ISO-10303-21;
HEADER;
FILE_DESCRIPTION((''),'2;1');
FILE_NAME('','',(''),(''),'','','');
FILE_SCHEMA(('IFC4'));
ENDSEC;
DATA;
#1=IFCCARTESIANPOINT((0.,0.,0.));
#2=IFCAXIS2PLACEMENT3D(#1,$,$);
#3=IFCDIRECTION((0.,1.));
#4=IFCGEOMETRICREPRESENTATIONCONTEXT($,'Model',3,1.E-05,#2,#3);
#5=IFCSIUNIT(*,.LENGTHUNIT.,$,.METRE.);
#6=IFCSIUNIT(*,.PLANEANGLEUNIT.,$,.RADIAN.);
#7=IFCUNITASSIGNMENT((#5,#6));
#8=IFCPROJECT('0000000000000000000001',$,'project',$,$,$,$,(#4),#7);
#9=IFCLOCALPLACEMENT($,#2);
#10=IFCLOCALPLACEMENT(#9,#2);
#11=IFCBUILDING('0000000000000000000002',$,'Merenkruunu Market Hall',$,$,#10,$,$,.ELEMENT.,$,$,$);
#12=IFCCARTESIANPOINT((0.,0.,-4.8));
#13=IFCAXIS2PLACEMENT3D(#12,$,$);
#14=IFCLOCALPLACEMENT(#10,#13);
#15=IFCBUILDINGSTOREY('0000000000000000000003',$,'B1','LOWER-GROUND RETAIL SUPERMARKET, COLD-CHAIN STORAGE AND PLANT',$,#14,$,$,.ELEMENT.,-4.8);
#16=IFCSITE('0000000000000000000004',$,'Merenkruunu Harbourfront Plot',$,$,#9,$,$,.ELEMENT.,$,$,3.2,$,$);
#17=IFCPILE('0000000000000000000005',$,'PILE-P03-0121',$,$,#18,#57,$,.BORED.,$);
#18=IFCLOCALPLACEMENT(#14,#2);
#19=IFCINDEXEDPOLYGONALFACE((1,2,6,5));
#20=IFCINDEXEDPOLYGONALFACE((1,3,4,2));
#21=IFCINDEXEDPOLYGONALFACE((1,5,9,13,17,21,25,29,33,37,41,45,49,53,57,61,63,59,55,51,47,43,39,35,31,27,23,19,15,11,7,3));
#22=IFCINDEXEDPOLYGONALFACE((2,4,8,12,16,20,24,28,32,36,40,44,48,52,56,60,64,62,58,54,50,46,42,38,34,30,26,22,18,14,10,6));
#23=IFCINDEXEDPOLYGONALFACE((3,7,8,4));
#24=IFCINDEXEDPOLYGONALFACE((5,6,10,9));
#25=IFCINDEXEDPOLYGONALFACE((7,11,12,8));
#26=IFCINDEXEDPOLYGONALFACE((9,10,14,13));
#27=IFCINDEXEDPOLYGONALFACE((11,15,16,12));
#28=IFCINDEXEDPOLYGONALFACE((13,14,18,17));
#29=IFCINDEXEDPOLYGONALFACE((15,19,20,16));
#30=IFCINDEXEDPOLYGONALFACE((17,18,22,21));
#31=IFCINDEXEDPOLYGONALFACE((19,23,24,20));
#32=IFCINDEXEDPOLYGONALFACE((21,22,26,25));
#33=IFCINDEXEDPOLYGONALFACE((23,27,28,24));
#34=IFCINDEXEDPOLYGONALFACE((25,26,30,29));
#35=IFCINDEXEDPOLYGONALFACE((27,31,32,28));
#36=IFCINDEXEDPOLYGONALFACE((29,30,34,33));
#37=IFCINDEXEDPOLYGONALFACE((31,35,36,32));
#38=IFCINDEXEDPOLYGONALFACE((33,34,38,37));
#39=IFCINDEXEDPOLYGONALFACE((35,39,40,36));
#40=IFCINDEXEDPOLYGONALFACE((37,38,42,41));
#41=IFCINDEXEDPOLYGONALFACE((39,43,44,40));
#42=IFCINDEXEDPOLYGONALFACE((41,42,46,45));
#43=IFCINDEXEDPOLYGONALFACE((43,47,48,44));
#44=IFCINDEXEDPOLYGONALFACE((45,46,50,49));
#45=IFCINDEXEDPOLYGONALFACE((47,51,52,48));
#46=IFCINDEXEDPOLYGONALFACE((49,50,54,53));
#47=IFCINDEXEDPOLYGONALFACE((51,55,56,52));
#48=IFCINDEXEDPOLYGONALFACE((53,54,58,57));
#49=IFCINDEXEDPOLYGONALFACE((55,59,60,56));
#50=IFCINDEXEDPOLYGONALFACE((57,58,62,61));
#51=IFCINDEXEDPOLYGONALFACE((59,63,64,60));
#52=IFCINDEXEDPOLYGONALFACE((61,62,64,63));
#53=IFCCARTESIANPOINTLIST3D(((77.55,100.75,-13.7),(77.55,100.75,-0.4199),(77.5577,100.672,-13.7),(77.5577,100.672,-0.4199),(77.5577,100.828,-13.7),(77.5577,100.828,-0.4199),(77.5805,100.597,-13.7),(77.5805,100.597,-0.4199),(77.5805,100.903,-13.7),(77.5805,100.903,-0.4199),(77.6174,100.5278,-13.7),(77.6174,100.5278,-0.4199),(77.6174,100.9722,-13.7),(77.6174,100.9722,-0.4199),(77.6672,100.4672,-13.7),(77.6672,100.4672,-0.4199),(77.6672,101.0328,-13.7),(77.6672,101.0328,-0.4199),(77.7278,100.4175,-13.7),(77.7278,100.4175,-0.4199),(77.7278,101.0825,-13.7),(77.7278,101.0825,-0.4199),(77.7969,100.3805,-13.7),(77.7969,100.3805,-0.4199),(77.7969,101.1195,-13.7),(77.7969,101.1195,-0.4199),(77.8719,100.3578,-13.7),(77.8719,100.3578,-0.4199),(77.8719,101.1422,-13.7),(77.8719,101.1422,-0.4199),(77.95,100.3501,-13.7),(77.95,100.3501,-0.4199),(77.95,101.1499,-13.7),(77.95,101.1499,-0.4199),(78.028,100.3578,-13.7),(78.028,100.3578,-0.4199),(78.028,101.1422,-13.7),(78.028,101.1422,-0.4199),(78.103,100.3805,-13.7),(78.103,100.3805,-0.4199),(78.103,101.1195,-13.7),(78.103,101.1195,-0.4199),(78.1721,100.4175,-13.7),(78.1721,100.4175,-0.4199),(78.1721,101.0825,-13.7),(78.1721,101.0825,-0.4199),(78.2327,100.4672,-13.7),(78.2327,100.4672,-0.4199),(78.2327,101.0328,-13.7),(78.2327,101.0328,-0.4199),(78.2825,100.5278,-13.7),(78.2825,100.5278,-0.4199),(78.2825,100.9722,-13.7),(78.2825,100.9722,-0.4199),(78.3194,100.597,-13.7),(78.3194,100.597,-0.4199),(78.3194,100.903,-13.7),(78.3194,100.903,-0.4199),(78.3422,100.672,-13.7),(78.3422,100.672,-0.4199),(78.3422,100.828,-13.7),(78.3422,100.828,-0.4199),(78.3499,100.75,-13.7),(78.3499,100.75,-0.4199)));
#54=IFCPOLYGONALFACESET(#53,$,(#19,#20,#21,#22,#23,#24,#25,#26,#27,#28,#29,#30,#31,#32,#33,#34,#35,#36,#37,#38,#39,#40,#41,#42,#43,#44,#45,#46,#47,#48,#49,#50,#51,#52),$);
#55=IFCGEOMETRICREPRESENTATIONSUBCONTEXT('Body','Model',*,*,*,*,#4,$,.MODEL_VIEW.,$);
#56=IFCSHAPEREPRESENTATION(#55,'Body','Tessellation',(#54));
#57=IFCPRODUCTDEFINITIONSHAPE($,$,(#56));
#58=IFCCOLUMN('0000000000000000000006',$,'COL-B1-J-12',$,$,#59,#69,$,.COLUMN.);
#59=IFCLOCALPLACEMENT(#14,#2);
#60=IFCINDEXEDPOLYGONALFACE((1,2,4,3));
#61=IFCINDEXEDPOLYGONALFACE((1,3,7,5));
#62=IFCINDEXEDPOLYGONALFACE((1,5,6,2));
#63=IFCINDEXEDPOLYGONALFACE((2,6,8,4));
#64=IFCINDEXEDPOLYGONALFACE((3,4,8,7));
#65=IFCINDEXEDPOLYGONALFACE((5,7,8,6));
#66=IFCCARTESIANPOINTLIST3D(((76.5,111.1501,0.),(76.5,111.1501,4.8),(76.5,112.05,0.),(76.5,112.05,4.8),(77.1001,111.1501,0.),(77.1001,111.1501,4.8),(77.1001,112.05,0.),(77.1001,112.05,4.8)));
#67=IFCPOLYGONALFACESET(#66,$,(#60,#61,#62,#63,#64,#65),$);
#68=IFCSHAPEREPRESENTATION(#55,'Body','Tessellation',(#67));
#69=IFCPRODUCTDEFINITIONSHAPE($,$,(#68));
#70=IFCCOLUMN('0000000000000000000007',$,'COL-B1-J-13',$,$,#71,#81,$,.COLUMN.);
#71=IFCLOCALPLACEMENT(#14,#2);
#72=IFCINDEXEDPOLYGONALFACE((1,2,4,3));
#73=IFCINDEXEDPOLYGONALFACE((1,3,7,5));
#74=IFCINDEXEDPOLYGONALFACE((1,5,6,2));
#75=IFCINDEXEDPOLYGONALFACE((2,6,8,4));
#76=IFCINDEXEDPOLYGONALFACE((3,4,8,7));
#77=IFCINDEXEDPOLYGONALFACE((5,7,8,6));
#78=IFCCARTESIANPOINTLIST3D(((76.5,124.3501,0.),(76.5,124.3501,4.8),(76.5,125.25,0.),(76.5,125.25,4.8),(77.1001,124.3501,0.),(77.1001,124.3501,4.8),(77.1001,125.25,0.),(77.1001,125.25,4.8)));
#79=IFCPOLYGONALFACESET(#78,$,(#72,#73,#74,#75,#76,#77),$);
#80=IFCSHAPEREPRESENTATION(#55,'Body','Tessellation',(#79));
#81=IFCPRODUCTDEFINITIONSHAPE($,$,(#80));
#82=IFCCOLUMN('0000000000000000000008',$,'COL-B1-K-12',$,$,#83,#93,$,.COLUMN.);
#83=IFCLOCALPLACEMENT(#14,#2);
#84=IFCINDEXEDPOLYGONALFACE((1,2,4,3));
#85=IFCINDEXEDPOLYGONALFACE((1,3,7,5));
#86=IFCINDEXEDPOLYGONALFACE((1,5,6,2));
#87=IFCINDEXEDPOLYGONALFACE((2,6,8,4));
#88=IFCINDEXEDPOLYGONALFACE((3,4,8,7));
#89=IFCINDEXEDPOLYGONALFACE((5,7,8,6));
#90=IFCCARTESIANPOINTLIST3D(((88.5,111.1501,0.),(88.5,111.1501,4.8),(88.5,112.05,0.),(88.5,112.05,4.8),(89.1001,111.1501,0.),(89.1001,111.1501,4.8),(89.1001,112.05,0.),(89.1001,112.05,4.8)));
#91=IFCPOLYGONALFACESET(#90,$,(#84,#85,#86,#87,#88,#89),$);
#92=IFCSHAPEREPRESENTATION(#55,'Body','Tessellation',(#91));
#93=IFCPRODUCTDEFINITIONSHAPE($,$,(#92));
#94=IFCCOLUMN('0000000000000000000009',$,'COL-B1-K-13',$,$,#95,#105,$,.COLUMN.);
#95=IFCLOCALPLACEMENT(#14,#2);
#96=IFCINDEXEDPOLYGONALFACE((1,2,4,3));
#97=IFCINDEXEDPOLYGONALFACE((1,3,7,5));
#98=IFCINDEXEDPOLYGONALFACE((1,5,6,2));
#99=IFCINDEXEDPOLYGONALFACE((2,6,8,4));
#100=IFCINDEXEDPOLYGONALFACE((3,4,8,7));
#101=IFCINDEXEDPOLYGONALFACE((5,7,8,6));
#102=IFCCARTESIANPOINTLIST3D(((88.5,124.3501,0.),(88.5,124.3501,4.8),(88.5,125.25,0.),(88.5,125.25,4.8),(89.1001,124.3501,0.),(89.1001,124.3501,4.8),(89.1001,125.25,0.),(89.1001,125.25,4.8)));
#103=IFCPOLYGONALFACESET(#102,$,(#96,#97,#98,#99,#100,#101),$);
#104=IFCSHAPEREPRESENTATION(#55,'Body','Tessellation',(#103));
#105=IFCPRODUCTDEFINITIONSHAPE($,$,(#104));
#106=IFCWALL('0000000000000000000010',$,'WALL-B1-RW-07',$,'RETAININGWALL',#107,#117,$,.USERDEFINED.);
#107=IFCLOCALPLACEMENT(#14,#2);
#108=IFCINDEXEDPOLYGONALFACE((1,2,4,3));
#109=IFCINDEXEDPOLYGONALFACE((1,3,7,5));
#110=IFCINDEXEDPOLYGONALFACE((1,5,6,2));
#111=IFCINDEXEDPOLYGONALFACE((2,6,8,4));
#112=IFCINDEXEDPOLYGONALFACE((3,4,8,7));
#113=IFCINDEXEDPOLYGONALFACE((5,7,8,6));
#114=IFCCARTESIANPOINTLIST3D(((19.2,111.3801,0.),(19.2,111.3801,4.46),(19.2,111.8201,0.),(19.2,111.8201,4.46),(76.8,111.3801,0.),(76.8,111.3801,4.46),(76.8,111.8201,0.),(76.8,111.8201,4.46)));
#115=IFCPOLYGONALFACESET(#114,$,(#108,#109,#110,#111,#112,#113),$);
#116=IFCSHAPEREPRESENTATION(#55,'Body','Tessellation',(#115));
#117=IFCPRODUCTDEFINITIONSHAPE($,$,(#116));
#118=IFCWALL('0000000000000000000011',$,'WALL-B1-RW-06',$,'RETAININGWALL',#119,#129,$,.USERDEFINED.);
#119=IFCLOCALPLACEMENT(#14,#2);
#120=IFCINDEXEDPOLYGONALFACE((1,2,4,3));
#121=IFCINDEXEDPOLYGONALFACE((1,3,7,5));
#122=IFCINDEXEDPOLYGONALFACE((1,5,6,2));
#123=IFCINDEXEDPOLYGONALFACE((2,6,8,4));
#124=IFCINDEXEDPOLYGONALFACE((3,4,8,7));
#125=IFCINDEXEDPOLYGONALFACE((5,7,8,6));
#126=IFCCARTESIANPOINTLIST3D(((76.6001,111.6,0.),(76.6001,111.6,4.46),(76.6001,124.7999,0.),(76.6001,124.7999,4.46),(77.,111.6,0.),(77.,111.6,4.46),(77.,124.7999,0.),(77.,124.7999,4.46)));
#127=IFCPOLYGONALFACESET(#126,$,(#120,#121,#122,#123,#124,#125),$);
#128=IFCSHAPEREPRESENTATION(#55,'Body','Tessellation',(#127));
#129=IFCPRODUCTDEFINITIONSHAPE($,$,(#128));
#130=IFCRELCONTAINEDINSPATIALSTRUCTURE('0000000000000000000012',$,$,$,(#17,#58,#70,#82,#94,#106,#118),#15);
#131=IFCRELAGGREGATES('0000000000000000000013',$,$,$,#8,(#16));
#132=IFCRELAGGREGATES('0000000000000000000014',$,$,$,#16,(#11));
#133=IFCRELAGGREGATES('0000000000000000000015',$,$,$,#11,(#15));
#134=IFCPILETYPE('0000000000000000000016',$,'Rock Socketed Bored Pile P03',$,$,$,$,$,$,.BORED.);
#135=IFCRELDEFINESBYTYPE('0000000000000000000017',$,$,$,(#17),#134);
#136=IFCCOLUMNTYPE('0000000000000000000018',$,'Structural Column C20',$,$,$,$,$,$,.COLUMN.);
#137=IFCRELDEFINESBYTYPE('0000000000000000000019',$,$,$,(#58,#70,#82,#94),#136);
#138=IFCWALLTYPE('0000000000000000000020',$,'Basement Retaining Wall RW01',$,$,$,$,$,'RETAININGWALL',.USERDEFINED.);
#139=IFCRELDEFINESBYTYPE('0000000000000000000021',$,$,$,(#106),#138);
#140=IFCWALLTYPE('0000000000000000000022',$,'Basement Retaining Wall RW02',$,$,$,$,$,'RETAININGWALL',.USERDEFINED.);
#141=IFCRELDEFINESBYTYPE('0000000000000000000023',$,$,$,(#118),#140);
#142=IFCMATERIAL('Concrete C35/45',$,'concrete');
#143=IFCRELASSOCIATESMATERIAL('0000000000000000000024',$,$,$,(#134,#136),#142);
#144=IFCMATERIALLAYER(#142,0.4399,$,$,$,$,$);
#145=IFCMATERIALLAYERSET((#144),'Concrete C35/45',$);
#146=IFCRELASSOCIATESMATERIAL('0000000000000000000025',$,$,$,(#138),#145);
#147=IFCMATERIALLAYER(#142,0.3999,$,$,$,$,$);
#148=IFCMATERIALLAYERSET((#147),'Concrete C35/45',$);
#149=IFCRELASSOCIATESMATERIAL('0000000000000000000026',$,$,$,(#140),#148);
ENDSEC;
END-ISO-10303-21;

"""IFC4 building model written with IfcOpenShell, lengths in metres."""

from ifc_helpers import new_model, si_unit, direction, frame, frame_2d, origin, origin_2d, place, context, subcontext, project, spatial, rectangle, circle, extrude, material, layer, layer_set, material_profile, profile_set, type_object, element, save


model = new_model("IFC4")

# Units and contexts
model_context = context("Model", 3, precision=1e-05, world=origin(), true_north=direction((0.0, 1.0)))
body_context = subcontext(model_context, "Body", "Model", "MODEL_VIEW")
ifc_project = project(units=[si_unit("LENGTHUNIT", "METRE"), si_unit("PLANEANGLEUNIT", "RADIAN")], contexts=[model_context])

# Site, building, storey
site_placement = place(None, origin())
site = spatial("IfcSite", under=ifc_project, at=site_placement, Name="Merenkruunu Harbourfront Plot", CompositionType="ELEMENT", RefElevation=3.2)
building_placement = place(site_placement, origin())
building = spatial("IfcBuilding", under=site, at=building_placement, Name="Merenkruunu Market Hall", CompositionType="ELEMENT")
storey_placement = place(building_placement, frame((0.0, 0.0, -4.8)))
storey = spatial("IfcBuildingStorey", under=building, at=storey_placement, Name="B1", Description="LOWER-GROUND RETAIL SUPERMARKET, COLD-CHAIN STORAGE AND PLANT", CompositionType="ELEMENT", Elevation=-4.8)

# Pile
ifc_material = material(Name="Concrete C35/45", Category="concrete")
ifc_material_profile_1 = material_profile(ifc_material, circle(Radius=0.3999, at=origin_2d()), Name="BORED PILE 800")
ifc_profile_set_1 = profile_set([ifc_material_profile_1], Name="Concrete C35/45")
pile_type_1 = type_object("IfcPileType", Name="Rock Socketed Bored Pile P03", PredefinedType="BORED", material=ifc_profile_set_1)
pile_1_placement = place(storey_placement, frame((77.95, 100.75, -0.4199), z_axis=(0.0, 0.0, -1.0), x_axis=(1.0, 0.0, 0.0)))
element("IfcPile", 1, at=pile_1_placement, inside=storey, type_object=pile_type_1, Name="PILE-P03-0121", PredefinedType="BORED", context=body_context, shape_type="SweptSolid", body=[
    extrude(circle(Radius=0.3999, at=origin_2d()), origin(), (0.0, 0.0, 1.0), 13.28),
])

# Columns
ifc_material_profile_2 = material_profile(ifc_material, rectangle(XDim=0.6001, YDim=0.8999, at=origin_2d()), Name="RC 600x900")
ifc_profile_set_2 = profile_set([ifc_material_profile_2], Name="Concrete C35/45")
column_type = type_object("IfcColumnType", Name="Structural Column C20", PredefinedType="COLUMN", material=ifc_profile_set_2)
for number, where, z_axis, x_axis, name in (
    (2, (76.8, 111.6001, 0.0), (0.0, 0.0, 1.0), (1.0, 0.0, 0.0), "COL-B1-J-12"),
    (3, (76.8, 124.8, 0.0), (0.0, 0.0, 1.0), (1.0, 0.0, 0.0), "COL-B1-J-13"),
    (4, (88.8, 111.6001, 0.0), (0.0, 0.0, 1.0), (1.0, 0.0, 0.0), "COL-B1-K-12"),
    (5, (88.8, 124.8, 0.0), (0.0, 0.0, 1.0), (1.0, 0.0, 0.0), "COL-B1-K-13"),
):
    element("IfcColumn", number, at=place(storey_placement, frame(where, z_axis=z_axis, x_axis=x_axis)), inside=storey, type_object=column_type, Name=name, PredefinedType="COLUMN", context=body_context, shape_type="SweptSolid", body=[
        extrude(rectangle(XDim=0.6001, YDim=0.8999, at=origin_2d()), origin(), (0.0, 0.0, 1.0), 4.8),
    ])

# Walls
ifc_layer_1 = layer(ifc_material, 0.4399)
ifc_layer_set_1 = layer_set([ifc_layer_1], Name="Concrete C35/45")
wall_type_1 = type_object("IfcWallType", Name="Basement Retaining Wall RW01", ElementType="RETAININGWALL", PredefinedType="USERDEFINED", material=ifc_layer_set_1)
wall_1_placement = place(storey_placement, frame((76.8, 111.6001, 0.0), z_axis=(0.0, 0.0, 1.0), x_axis=(-1.0, 0.0, 0.0)))
element("IfcWall", 6, at=wall_1_placement, inside=storey, type_object=wall_type_1, Name="WALL-B1-RW-07", ObjectType="RETAININGWALL", PredefinedType="USERDEFINED", context=body_context, shape_type="SweptSolid", body=[
    extrude(rectangle(XDim=57.6001, YDim=0.4399, at=frame_2d((28.8, 0.0))), origin(), (0.0, 0.0, 1.0), 4.46),
])
ifc_layer_2 = layer(ifc_material, 0.3999)
ifc_layer_set_2 = layer_set([ifc_layer_2], Name="Concrete C35/45")
wall_type_2 = type_object("IfcWallType", Name="Basement Retaining Wall RW02", ElementType="RETAININGWALL", PredefinedType="USERDEFINED", material=ifc_layer_set_2)
wall_2_placement = place(storey_placement, frame((76.8, 124.8, 0.0), z_axis=(0.0, 0.0, 1.0), x_axis=(0.0, -1.0, 0.0)))
element("IfcWall", 7, at=wall_2_placement, inside=storey, type_object=wall_type_2, Name="WALL-B1-RW-06", ObjectType="RETAININGWALL", PredefinedType="USERDEFINED", context=body_context, shape_type="SweptSolid", body=[
    extrude(rectangle(XDim=13.2, YDim=0.3999, at=frame_2d((6.6001, 0.0))), origin(), (0.0, 0.0, 1.0), 4.46),
])

save(model, "model.ifc")
